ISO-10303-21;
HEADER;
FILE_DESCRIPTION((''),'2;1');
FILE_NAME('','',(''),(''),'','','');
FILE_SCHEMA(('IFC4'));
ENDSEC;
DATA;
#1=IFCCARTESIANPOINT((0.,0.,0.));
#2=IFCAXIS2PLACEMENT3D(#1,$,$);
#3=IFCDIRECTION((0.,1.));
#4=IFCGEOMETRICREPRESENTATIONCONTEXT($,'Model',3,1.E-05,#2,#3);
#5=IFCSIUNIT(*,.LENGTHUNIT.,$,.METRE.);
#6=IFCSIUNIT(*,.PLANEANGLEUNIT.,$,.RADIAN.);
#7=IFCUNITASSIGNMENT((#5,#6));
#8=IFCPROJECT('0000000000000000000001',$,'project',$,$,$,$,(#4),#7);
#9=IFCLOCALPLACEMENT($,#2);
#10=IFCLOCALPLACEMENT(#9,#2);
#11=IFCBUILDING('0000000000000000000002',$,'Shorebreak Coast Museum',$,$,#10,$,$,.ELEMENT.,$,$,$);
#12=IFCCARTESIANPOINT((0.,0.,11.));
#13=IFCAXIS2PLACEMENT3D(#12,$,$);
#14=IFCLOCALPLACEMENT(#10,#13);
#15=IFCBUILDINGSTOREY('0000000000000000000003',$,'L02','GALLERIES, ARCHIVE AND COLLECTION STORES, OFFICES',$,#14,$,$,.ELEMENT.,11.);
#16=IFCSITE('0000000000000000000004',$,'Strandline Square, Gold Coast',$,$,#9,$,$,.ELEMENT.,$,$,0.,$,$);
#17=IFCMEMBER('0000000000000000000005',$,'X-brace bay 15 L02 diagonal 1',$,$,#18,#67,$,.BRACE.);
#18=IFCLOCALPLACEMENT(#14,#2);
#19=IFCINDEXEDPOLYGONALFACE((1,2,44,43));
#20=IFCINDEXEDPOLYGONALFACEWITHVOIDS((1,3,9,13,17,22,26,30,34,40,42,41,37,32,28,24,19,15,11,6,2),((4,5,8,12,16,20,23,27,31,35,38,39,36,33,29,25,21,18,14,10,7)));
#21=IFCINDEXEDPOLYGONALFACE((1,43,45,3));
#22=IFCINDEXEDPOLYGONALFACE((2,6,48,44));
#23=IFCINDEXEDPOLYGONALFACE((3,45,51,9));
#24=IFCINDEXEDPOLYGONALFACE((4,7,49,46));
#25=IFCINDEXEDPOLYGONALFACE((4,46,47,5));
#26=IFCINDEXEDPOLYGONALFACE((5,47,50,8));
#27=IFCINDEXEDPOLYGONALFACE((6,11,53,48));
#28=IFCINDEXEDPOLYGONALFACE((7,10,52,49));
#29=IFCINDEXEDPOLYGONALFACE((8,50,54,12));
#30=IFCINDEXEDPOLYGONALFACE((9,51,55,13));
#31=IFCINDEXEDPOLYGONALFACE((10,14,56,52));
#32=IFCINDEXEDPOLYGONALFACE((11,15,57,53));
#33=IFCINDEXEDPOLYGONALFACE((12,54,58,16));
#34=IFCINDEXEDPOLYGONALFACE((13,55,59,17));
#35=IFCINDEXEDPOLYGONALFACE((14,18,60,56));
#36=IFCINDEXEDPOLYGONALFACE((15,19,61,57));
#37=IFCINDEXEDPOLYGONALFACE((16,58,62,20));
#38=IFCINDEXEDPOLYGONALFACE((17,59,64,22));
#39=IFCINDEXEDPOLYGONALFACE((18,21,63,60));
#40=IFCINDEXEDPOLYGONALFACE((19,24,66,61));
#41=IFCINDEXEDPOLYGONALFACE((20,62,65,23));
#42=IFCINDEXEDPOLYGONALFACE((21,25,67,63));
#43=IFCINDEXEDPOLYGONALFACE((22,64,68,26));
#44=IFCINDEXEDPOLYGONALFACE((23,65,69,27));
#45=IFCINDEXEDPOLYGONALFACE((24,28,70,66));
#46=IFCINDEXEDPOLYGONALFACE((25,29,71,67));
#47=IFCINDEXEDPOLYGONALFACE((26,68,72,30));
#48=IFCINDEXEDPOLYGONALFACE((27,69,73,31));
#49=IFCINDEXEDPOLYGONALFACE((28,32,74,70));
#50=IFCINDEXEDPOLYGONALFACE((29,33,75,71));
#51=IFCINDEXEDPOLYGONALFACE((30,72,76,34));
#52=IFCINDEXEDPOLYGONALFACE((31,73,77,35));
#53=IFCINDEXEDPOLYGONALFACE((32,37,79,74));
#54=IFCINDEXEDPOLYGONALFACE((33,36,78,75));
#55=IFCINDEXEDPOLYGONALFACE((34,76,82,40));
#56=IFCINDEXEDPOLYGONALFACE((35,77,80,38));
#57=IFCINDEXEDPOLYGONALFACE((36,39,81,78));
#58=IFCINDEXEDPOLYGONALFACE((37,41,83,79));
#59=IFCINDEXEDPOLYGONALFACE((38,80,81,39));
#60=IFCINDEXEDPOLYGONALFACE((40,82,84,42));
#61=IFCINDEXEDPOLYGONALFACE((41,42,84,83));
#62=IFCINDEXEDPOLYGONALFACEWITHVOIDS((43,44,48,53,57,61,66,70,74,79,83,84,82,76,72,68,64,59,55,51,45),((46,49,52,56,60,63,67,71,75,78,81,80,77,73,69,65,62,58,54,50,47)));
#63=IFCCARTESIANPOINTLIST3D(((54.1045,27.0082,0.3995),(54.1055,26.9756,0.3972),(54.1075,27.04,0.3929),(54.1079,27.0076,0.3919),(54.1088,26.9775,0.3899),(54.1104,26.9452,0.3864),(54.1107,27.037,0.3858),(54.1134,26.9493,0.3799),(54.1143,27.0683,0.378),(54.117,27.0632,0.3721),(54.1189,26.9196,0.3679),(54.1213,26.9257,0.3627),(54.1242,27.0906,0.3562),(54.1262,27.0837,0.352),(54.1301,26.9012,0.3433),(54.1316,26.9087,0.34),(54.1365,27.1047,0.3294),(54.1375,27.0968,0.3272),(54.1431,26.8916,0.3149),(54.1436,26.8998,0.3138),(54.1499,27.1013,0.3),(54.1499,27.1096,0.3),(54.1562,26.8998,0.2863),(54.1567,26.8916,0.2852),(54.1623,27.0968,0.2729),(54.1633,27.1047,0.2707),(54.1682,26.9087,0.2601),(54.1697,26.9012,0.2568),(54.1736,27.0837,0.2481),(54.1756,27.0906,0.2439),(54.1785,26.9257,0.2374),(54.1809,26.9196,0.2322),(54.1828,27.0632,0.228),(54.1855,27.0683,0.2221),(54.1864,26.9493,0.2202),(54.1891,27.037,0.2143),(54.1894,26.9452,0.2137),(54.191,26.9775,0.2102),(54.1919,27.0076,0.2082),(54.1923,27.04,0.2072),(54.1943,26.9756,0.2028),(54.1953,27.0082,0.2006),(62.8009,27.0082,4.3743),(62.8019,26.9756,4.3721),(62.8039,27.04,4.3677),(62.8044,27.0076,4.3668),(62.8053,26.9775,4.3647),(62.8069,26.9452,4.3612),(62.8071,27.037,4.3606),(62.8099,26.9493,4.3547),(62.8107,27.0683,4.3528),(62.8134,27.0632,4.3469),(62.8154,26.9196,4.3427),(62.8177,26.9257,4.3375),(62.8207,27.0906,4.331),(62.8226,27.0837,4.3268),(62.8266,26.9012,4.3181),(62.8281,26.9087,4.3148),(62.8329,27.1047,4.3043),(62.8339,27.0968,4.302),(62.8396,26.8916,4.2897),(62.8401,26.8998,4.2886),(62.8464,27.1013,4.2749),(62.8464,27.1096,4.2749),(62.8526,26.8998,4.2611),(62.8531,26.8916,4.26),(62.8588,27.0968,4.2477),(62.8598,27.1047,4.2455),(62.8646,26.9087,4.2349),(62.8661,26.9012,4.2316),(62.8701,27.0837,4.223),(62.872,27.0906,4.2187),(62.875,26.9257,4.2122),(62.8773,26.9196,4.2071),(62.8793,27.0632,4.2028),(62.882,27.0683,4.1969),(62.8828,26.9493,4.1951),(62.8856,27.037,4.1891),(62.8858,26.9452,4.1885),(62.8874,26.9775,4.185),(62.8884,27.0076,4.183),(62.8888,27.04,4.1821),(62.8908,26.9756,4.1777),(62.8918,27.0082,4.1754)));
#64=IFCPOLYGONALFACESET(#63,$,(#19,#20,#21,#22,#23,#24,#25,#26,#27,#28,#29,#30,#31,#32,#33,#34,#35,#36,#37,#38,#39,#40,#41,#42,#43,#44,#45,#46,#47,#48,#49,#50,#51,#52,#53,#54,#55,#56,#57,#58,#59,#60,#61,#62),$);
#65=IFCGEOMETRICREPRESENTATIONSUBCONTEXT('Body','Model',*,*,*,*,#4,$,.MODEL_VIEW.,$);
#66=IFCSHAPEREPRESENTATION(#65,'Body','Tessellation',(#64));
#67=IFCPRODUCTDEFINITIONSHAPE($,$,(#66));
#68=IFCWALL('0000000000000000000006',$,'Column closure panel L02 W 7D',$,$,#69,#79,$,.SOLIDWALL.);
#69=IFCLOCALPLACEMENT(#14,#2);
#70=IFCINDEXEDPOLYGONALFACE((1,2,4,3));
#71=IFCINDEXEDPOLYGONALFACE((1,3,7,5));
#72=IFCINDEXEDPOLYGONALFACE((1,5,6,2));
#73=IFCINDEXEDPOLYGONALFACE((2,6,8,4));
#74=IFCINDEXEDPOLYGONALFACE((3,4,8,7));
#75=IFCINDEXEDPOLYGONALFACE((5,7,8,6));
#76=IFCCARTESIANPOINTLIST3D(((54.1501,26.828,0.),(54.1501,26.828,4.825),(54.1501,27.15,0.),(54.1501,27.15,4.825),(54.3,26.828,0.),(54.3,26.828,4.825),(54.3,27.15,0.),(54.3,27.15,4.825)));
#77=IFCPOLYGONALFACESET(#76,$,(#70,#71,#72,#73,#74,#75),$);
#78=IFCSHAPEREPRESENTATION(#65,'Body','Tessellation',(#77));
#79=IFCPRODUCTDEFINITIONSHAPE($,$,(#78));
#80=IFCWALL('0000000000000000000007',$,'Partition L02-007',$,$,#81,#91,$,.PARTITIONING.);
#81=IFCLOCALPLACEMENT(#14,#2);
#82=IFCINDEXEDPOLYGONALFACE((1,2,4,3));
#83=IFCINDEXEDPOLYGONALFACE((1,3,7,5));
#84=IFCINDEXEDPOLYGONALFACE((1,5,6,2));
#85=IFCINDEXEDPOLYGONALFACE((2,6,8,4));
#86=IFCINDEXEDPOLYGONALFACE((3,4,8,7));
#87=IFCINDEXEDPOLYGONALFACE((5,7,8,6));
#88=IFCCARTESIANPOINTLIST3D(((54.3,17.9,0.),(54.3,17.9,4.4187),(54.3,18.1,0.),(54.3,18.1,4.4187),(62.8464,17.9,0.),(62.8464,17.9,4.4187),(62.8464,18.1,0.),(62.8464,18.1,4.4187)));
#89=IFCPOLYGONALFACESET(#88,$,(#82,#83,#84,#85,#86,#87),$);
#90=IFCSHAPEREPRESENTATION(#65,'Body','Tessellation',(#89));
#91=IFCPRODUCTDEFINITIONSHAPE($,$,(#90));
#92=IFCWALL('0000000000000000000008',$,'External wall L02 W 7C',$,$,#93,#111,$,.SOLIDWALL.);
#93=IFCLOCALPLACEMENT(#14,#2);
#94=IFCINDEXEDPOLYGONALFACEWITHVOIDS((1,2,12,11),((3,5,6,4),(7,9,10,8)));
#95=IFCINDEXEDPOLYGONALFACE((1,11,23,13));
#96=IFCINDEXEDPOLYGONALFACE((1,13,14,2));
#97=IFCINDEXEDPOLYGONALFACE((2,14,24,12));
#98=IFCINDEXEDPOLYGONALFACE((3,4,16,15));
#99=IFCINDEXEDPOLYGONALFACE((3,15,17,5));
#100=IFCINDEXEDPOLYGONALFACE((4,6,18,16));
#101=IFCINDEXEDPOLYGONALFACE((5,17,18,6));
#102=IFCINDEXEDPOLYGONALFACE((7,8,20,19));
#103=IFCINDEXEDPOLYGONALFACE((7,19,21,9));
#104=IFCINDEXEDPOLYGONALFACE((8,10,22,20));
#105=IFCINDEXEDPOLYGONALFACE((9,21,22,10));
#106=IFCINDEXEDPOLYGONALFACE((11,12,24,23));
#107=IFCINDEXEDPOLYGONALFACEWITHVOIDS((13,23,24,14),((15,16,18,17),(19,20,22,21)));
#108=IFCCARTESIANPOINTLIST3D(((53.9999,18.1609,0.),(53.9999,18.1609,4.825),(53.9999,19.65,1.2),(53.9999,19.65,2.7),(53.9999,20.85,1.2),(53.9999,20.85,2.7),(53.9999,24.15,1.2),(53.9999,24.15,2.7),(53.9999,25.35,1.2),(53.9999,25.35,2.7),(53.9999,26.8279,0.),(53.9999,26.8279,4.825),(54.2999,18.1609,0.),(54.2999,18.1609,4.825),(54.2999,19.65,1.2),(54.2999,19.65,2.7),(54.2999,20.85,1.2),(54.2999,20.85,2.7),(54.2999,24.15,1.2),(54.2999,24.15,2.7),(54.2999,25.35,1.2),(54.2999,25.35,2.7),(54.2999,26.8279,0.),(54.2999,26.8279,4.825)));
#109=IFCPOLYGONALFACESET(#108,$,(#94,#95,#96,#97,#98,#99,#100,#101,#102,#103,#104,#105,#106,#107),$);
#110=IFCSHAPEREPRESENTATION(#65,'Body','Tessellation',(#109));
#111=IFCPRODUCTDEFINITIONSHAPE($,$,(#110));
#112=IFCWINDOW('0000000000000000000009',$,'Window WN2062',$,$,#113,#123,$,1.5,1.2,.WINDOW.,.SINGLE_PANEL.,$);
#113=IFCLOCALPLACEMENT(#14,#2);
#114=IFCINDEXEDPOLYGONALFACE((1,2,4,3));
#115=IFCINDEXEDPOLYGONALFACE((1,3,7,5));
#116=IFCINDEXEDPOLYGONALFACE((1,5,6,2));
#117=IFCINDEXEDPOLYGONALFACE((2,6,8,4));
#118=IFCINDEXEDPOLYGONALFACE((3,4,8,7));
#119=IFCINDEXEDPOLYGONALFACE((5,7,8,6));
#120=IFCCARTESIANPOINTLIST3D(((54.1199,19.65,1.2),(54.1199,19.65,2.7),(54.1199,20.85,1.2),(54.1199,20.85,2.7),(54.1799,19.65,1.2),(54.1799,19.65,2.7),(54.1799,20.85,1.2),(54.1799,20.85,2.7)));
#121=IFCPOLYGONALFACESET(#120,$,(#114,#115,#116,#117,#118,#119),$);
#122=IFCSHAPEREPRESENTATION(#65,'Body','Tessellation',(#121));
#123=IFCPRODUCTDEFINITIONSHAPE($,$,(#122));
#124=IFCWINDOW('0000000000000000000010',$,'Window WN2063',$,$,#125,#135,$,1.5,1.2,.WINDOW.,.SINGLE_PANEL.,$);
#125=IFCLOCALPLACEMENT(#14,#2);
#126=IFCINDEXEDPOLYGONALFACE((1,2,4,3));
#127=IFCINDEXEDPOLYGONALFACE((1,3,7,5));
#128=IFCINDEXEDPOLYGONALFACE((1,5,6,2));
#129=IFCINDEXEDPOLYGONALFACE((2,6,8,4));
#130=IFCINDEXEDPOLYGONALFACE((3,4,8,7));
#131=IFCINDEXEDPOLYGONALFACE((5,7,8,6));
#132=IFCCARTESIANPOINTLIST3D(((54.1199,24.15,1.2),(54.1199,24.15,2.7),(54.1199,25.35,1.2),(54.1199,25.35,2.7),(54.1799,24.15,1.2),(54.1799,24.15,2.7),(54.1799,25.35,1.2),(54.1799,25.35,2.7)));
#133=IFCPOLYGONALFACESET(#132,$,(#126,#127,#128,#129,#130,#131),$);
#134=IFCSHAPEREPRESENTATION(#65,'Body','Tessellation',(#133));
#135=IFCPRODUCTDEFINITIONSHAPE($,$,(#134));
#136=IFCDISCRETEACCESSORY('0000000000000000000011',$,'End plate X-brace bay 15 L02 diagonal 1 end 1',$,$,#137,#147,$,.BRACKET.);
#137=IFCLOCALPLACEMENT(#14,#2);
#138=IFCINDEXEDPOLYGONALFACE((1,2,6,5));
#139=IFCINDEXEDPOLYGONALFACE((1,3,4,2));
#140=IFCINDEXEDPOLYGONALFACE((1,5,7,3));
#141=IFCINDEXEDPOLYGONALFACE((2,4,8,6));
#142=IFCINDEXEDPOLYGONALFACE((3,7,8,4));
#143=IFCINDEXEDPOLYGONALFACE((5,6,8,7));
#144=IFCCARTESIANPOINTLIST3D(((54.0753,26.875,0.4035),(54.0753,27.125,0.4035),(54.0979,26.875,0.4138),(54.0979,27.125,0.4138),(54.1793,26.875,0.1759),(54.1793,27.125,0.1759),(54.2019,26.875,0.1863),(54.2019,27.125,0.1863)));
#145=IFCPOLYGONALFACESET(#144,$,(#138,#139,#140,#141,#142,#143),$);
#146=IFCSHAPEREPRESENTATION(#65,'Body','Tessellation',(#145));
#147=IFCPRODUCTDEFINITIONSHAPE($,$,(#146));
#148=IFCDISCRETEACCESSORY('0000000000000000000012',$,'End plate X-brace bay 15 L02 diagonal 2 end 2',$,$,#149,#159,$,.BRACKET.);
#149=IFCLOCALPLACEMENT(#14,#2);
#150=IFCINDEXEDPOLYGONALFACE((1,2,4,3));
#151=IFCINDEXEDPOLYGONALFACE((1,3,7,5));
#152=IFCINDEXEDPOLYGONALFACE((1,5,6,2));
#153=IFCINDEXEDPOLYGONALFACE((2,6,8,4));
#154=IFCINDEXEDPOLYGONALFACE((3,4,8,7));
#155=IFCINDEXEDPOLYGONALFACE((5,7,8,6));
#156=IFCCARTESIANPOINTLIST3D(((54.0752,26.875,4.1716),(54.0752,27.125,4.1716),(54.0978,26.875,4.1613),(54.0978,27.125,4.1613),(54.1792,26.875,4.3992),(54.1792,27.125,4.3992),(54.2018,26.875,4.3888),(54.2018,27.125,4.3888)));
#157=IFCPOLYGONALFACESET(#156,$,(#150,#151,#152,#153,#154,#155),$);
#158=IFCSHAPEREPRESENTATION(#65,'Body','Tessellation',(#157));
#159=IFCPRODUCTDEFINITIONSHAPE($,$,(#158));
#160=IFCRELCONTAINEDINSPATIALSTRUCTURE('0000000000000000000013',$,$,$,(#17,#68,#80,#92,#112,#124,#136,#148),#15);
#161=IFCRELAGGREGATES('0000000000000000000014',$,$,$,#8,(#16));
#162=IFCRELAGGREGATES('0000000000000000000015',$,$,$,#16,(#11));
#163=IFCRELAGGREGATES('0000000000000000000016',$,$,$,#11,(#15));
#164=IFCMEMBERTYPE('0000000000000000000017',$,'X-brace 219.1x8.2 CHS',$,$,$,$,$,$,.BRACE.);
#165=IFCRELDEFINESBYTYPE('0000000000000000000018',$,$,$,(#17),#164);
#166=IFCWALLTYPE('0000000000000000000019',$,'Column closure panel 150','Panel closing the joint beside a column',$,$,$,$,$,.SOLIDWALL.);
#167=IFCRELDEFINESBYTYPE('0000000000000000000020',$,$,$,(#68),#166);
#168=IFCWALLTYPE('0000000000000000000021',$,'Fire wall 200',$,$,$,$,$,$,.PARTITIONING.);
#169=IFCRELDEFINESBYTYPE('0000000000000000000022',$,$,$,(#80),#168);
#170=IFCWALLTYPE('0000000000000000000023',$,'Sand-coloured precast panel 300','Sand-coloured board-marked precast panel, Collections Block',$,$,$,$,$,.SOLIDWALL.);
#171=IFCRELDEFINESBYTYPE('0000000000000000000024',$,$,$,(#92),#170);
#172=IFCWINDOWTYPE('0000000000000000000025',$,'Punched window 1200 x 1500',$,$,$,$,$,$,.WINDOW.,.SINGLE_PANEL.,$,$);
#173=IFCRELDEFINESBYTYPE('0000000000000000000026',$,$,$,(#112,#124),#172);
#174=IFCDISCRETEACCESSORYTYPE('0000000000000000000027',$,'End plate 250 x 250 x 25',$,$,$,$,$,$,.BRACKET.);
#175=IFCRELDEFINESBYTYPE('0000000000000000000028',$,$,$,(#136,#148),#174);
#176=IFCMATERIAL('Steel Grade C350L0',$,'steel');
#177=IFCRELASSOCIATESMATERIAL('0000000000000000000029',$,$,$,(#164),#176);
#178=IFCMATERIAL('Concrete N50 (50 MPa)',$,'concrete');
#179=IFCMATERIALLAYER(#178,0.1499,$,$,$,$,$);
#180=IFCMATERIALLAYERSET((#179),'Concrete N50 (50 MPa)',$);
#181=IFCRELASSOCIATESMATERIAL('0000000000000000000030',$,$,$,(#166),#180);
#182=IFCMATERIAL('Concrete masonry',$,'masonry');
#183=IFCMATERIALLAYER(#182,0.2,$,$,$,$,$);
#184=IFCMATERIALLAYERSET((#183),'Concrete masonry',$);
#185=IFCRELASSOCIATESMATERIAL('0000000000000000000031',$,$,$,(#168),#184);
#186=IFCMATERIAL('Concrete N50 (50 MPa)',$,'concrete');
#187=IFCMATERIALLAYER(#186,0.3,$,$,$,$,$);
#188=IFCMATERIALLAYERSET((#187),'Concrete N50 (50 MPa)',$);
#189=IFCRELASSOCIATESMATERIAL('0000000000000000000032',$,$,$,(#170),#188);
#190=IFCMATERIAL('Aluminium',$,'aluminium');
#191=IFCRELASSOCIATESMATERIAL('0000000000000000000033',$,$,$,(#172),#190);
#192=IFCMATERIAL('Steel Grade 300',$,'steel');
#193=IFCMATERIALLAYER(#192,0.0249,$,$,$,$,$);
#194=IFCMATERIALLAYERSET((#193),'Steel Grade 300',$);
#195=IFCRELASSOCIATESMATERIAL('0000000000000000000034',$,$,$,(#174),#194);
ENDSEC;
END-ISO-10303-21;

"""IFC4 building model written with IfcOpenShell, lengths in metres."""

from ifc_helpers import new_model, si_unit, direction, frame, frame_2d, origin, origin_2d, place, context, subcontext, project, spatial, polyline, rectangle, hollow_circle, outline, extrude, material, layer, layer_set, material_profile, profile_set, type_object, element, fill, save


model = new_model("IFC4")

# Units and contexts
model_context = context("Model", 3, precision=1e-05, world=origin(), true_north=direction((0.0, 1.0)))
body_context = subcontext(model_context, "Body", "Model", "MODEL_VIEW")
ifc_project = project(units=[si_unit("LENGTHUNIT", "METRE"), si_unit("PLANEANGLEUNIT", "RADIAN")], contexts=[model_context])

# Site, building, storey
site_placement = place(None, origin())
site = spatial("IfcSite", under=ifc_project, at=site_placement, Name="Strandline Square, Gold Coast", CompositionType="ELEMENT", RefElevation=0.0)
building_placement = place(site_placement, origin())
building = spatial("IfcBuilding", under=site, at=building_placement, Name="Shorebreak Coast Museum", CompositionType="ELEMENT")
storey_placement = place(building_placement, frame((0.0, 0.0, 11.0)))
storey = spatial("IfcBuildingStorey", under=building, at=storey_placement, Name="L02", Description="GALLERIES, ARCHIVE AND COLLECTION STORES, OFFICES", CompositionType="ELEMENT", Elevation=11.0)

# Member
ifc_material_1 = material(Name="Steel Grade C350L0", Category="steel")
ifc_material_profile_1 = material_profile(ifc_material_1, hollow_circle(Radius=0.1096, WallThickness=0.0083, at=origin_2d()), Name="219.1x8.2 CHS")
ifc_profile_set_1 = profile_set([ifc_material_profile_1], Name="Steel Grade C350L0")
member_type = type_object("IfcMemberType", Name="X-brace 219.1x8.2 CHS", PredefinedType="BRACE", material=ifc_profile_set_1)
member_placement = place(storey_placement, frame((54.1499, 27.0, 0.3), z_axis=(0.909502, 0.0, 0.415699), x_axis=(0.0, 1.0, 0.0)))
element("IfcMember", 1, at=member_placement, inside=storey, type_object=member_type, Name="X-brace bay 15 L02 diagonal 1", PredefinedType="BRACE", context=body_context, shape_type="SweptSolid", body=[
    extrude(hollow_circle(Radius=0.1096, WallThickness=0.0083, at=origin_2d()), origin(), (0.0, 0.0, 1.0), 9.5618),
])

# Walls
ifc_material_2 = material(Name="Concrete N50 (50 MPa)", Category="concrete")
ifc_layer_1 = layer(ifc_material_2, 0.1499)
ifc_layer_set_1 = layer_set([ifc_layer_1], Name="Concrete N50 (50 MPa)")
wall_type_1 = type_object("IfcWallType", Name="Column closure panel 150", Description="Panel closing the joint beside a column", PredefinedType="SOLIDWALL", material=ifc_layer_set_1)
wall_1_placement = place(storey_placement, frame((54.2251, 26.8279, 0.0), z_axis=(0.0, 0.0, 1.0), x_axis=(0.0, 1.0, 0.0)))
element("IfcWall", 2, at=wall_1_placement, inside=storey, type_object=wall_type_1, Name="Column closure panel L02 W 7D", PredefinedType="SOLIDWALL", context=body_context, shape_type="SweptSolid", body=[
    extrude(rectangle(XDim=0.322, YDim=0.1499, at=frame_2d((0.1611, 0.0))), origin(), (0.0, 0.0, 1.0), 4.825),
])
ifc_material_3 = material(Name="Concrete masonry", Category="masonry")
ifc_layer_2 = layer(ifc_material_3, 0.2)
ifc_layer_set_2 = layer_set([ifc_layer_2], Name="Concrete masonry")
wall_type_2 = type_object("IfcWallType", Name="Fire wall 200", PredefinedType="PARTITIONING", material=ifc_layer_set_2)
wall_2_placement = place(storey_placement, frame((54.3, 18.0, 0.0), z_axis=(0.0, 0.0, 1.0), x_axis=(1.0, 0.0, 0.0)))
element("IfcWall", 3, at=wall_2_placement, inside=storey, type_object=wall_type_2, Name="Partition L02-007", PredefinedType="PARTITIONING", context=body_context, shape_type="SweptSolid", body=[
    extrude(rectangle(XDim=8.5464, YDim=0.2, at=frame_2d((4.2732, 0.0))), origin(), (0.0, 0.0, 1.0), 4.4187),
])

# Wall, openings, windows
ifc_material_4 = material(Name="Concrete N50 (50 MPa)", Category="concrete")
ifc_layer_3 = layer(ifc_material_4, 0.3)
ifc_layer_set_3 = layer_set([ifc_layer_3], Name="Concrete N50 (50 MPa)")
wall_type_3 = type_object("IfcWallType", Name="Sand-coloured precast panel 300", Description="Sand-coloured board-marked precast panel, Collections Block", PredefinedType="SOLIDWALL", material=ifc_layer_set_3)
wall_3_placement = place(storey_placement, frame((54.1499, 18.1609, 0.0), z_axis=(0.0, 0.0, 1.0), x_axis=(0.0, 1.0, 0.0)))
wall_3 = element("IfcWall", 4, at=wall_3_placement, inside=storey, type_object=wall_type_3, Name="External wall L02 W 7C", PredefinedType="SOLIDWALL", context=body_context, shape_type="SweptSolid", body=[
    extrude(rectangle(XDim=8.667, YDim=0.3, at=frame_2d((4.3335, 0.0))), origin(), (0.0, 0.0, 1.0), 4.825),
])
opening_1_placement = place(wall_3_placement, frame((1.489, 0.0, 1.2)))
opening_1 = element("IfcOpeningElement", 5, at=opening_1_placement, cuts=wall_3, PredefinedType="OPENING", context=body_context, shape_type="SweptSolid", body=[
    extrude(rectangle(XDim=1.2, YDim=1.5, at=frame_2d((0.6001, 0.75))), frame((0.0, 0.1599, 0.0), z_axis=(0.0, -1.0, 0.0), x_axis=(1.0, 0.0, 0.0)), (0.0, 0.0, 1.0), 0.3201),
])
opening_2_placement = place(wall_3_placement, frame((5.989, 0.0, 1.2)))
opening_2 = element("IfcOpeningElement", 6, at=opening_2_placement, cuts=wall_3, PredefinedType="OPENING", context=body_context, shape_type="SweptSolid", body=[
    extrude(rectangle(XDim=1.2, YDim=1.5, at=frame_2d((0.6001, 0.75))), frame((0.0, 0.1599, 0.0), z_axis=(0.0, -1.0, 0.0), x_axis=(1.0, 0.0, 0.0)), (0.0, 0.0, 1.0), 0.3201),
])
ifc_material_5 = material(Name="Aluminium", Category="aluminium")
window_type = type_object("IfcWindowType", Name="Punched window 1200 x 1500", PartitioningType="SINGLE_PANEL", PredefinedType="WINDOW", material=ifc_material_5)
window_1_placement = place(opening_1_placement, origin())
window_1 = element("IfcWindow", 7, at=window_1_placement, inside=storey, type_object=window_type, Name="Window WN2062", OverallHeight=1.5, OverallWidth=1.2, PartitioningType="SINGLE_PANEL", PredefinedType="WINDOW", context=body_context, shape_type="SweptSolid", body=[
    extrude(rectangle(XDim=1.2, YDim=1.5, at=frame_2d((0.6001, 0.75))), frame((0.0, 0.03, 0.0), z_axis=(0.0, -1.0, 0.0), x_axis=(1.0, 0.0, 0.0)), (0.0, 0.0, 1.0), 0.0601),
])
fill(opening_1, window_1)
window_2_placement = place(opening_2_placement, origin())
window_2 = element("IfcWindow", 8, at=window_2_placement, inside=storey, type_object=window_type, Name="Window WN2063", OverallHeight=1.5, OverallWidth=1.2, PartitioningType="SINGLE_PANEL", PredefinedType="WINDOW", context=body_context, shape_type="SweptSolid", body=[
    extrude(rectangle(XDim=1.2, YDim=1.5, at=frame_2d((0.6001, 0.75))), frame((0.0, 0.03, 0.0), z_axis=(0.0, -1.0, 0.0), x_axis=(1.0, 0.0, 0.0)), (0.0, 0.0, 1.0), 0.0601),
])
fill(opening_2, window_2)

# Discrete accessories
ifc_material_6 = material(Name="Steel Grade 300", Category="steel")
ifc_layer_4 = layer(ifc_material_6, 0.0249)
ifc_layer_set_4 = layer_set([ifc_layer_4], Name="Steel Grade 300")
discrete_accessory_type = type_object("IfcDiscreteAccessoryType", Name="End plate 250 x 250 x 25", PredefinedType="BRACKET", material=ifc_layer_set_4)
for number, where, z_axis, x_axis, name in (
    (9, (54.2019, 26.875, 0.1863), (0.909496, 0.0, 0.415714), (0.0, 1.0, 0.0), "End plate X-brace bay 15 L02 diagonal 1 end 1"),
    (10, (54.0752, 27.125, 4.1716), (-0.909496, 0.0, 0.415714), (0.0, -1.0, 0.0), "End plate X-brace bay 15 L02 diagonal 2 end 2"),
):
    element("IfcDiscreteAccessory", number, at=place(storey_placement, frame(where, z_axis=z_axis, x_axis=x_axis)), inside=storey, type_object=discrete_accessory_type, Name=name, PredefinedType="BRACKET", context=body_context, shape_type="SweptSolid", body=[
        extrude(outline(polyline([(0.0, 0.0), (0.25, 0.0), (0.25, 0.2502), (0.0, 0.2502), (0.0, 0.0)])), origin(), (0.0, 0.0, -1.0), 0.0249),
    ])

save(model, "model.ifc")
